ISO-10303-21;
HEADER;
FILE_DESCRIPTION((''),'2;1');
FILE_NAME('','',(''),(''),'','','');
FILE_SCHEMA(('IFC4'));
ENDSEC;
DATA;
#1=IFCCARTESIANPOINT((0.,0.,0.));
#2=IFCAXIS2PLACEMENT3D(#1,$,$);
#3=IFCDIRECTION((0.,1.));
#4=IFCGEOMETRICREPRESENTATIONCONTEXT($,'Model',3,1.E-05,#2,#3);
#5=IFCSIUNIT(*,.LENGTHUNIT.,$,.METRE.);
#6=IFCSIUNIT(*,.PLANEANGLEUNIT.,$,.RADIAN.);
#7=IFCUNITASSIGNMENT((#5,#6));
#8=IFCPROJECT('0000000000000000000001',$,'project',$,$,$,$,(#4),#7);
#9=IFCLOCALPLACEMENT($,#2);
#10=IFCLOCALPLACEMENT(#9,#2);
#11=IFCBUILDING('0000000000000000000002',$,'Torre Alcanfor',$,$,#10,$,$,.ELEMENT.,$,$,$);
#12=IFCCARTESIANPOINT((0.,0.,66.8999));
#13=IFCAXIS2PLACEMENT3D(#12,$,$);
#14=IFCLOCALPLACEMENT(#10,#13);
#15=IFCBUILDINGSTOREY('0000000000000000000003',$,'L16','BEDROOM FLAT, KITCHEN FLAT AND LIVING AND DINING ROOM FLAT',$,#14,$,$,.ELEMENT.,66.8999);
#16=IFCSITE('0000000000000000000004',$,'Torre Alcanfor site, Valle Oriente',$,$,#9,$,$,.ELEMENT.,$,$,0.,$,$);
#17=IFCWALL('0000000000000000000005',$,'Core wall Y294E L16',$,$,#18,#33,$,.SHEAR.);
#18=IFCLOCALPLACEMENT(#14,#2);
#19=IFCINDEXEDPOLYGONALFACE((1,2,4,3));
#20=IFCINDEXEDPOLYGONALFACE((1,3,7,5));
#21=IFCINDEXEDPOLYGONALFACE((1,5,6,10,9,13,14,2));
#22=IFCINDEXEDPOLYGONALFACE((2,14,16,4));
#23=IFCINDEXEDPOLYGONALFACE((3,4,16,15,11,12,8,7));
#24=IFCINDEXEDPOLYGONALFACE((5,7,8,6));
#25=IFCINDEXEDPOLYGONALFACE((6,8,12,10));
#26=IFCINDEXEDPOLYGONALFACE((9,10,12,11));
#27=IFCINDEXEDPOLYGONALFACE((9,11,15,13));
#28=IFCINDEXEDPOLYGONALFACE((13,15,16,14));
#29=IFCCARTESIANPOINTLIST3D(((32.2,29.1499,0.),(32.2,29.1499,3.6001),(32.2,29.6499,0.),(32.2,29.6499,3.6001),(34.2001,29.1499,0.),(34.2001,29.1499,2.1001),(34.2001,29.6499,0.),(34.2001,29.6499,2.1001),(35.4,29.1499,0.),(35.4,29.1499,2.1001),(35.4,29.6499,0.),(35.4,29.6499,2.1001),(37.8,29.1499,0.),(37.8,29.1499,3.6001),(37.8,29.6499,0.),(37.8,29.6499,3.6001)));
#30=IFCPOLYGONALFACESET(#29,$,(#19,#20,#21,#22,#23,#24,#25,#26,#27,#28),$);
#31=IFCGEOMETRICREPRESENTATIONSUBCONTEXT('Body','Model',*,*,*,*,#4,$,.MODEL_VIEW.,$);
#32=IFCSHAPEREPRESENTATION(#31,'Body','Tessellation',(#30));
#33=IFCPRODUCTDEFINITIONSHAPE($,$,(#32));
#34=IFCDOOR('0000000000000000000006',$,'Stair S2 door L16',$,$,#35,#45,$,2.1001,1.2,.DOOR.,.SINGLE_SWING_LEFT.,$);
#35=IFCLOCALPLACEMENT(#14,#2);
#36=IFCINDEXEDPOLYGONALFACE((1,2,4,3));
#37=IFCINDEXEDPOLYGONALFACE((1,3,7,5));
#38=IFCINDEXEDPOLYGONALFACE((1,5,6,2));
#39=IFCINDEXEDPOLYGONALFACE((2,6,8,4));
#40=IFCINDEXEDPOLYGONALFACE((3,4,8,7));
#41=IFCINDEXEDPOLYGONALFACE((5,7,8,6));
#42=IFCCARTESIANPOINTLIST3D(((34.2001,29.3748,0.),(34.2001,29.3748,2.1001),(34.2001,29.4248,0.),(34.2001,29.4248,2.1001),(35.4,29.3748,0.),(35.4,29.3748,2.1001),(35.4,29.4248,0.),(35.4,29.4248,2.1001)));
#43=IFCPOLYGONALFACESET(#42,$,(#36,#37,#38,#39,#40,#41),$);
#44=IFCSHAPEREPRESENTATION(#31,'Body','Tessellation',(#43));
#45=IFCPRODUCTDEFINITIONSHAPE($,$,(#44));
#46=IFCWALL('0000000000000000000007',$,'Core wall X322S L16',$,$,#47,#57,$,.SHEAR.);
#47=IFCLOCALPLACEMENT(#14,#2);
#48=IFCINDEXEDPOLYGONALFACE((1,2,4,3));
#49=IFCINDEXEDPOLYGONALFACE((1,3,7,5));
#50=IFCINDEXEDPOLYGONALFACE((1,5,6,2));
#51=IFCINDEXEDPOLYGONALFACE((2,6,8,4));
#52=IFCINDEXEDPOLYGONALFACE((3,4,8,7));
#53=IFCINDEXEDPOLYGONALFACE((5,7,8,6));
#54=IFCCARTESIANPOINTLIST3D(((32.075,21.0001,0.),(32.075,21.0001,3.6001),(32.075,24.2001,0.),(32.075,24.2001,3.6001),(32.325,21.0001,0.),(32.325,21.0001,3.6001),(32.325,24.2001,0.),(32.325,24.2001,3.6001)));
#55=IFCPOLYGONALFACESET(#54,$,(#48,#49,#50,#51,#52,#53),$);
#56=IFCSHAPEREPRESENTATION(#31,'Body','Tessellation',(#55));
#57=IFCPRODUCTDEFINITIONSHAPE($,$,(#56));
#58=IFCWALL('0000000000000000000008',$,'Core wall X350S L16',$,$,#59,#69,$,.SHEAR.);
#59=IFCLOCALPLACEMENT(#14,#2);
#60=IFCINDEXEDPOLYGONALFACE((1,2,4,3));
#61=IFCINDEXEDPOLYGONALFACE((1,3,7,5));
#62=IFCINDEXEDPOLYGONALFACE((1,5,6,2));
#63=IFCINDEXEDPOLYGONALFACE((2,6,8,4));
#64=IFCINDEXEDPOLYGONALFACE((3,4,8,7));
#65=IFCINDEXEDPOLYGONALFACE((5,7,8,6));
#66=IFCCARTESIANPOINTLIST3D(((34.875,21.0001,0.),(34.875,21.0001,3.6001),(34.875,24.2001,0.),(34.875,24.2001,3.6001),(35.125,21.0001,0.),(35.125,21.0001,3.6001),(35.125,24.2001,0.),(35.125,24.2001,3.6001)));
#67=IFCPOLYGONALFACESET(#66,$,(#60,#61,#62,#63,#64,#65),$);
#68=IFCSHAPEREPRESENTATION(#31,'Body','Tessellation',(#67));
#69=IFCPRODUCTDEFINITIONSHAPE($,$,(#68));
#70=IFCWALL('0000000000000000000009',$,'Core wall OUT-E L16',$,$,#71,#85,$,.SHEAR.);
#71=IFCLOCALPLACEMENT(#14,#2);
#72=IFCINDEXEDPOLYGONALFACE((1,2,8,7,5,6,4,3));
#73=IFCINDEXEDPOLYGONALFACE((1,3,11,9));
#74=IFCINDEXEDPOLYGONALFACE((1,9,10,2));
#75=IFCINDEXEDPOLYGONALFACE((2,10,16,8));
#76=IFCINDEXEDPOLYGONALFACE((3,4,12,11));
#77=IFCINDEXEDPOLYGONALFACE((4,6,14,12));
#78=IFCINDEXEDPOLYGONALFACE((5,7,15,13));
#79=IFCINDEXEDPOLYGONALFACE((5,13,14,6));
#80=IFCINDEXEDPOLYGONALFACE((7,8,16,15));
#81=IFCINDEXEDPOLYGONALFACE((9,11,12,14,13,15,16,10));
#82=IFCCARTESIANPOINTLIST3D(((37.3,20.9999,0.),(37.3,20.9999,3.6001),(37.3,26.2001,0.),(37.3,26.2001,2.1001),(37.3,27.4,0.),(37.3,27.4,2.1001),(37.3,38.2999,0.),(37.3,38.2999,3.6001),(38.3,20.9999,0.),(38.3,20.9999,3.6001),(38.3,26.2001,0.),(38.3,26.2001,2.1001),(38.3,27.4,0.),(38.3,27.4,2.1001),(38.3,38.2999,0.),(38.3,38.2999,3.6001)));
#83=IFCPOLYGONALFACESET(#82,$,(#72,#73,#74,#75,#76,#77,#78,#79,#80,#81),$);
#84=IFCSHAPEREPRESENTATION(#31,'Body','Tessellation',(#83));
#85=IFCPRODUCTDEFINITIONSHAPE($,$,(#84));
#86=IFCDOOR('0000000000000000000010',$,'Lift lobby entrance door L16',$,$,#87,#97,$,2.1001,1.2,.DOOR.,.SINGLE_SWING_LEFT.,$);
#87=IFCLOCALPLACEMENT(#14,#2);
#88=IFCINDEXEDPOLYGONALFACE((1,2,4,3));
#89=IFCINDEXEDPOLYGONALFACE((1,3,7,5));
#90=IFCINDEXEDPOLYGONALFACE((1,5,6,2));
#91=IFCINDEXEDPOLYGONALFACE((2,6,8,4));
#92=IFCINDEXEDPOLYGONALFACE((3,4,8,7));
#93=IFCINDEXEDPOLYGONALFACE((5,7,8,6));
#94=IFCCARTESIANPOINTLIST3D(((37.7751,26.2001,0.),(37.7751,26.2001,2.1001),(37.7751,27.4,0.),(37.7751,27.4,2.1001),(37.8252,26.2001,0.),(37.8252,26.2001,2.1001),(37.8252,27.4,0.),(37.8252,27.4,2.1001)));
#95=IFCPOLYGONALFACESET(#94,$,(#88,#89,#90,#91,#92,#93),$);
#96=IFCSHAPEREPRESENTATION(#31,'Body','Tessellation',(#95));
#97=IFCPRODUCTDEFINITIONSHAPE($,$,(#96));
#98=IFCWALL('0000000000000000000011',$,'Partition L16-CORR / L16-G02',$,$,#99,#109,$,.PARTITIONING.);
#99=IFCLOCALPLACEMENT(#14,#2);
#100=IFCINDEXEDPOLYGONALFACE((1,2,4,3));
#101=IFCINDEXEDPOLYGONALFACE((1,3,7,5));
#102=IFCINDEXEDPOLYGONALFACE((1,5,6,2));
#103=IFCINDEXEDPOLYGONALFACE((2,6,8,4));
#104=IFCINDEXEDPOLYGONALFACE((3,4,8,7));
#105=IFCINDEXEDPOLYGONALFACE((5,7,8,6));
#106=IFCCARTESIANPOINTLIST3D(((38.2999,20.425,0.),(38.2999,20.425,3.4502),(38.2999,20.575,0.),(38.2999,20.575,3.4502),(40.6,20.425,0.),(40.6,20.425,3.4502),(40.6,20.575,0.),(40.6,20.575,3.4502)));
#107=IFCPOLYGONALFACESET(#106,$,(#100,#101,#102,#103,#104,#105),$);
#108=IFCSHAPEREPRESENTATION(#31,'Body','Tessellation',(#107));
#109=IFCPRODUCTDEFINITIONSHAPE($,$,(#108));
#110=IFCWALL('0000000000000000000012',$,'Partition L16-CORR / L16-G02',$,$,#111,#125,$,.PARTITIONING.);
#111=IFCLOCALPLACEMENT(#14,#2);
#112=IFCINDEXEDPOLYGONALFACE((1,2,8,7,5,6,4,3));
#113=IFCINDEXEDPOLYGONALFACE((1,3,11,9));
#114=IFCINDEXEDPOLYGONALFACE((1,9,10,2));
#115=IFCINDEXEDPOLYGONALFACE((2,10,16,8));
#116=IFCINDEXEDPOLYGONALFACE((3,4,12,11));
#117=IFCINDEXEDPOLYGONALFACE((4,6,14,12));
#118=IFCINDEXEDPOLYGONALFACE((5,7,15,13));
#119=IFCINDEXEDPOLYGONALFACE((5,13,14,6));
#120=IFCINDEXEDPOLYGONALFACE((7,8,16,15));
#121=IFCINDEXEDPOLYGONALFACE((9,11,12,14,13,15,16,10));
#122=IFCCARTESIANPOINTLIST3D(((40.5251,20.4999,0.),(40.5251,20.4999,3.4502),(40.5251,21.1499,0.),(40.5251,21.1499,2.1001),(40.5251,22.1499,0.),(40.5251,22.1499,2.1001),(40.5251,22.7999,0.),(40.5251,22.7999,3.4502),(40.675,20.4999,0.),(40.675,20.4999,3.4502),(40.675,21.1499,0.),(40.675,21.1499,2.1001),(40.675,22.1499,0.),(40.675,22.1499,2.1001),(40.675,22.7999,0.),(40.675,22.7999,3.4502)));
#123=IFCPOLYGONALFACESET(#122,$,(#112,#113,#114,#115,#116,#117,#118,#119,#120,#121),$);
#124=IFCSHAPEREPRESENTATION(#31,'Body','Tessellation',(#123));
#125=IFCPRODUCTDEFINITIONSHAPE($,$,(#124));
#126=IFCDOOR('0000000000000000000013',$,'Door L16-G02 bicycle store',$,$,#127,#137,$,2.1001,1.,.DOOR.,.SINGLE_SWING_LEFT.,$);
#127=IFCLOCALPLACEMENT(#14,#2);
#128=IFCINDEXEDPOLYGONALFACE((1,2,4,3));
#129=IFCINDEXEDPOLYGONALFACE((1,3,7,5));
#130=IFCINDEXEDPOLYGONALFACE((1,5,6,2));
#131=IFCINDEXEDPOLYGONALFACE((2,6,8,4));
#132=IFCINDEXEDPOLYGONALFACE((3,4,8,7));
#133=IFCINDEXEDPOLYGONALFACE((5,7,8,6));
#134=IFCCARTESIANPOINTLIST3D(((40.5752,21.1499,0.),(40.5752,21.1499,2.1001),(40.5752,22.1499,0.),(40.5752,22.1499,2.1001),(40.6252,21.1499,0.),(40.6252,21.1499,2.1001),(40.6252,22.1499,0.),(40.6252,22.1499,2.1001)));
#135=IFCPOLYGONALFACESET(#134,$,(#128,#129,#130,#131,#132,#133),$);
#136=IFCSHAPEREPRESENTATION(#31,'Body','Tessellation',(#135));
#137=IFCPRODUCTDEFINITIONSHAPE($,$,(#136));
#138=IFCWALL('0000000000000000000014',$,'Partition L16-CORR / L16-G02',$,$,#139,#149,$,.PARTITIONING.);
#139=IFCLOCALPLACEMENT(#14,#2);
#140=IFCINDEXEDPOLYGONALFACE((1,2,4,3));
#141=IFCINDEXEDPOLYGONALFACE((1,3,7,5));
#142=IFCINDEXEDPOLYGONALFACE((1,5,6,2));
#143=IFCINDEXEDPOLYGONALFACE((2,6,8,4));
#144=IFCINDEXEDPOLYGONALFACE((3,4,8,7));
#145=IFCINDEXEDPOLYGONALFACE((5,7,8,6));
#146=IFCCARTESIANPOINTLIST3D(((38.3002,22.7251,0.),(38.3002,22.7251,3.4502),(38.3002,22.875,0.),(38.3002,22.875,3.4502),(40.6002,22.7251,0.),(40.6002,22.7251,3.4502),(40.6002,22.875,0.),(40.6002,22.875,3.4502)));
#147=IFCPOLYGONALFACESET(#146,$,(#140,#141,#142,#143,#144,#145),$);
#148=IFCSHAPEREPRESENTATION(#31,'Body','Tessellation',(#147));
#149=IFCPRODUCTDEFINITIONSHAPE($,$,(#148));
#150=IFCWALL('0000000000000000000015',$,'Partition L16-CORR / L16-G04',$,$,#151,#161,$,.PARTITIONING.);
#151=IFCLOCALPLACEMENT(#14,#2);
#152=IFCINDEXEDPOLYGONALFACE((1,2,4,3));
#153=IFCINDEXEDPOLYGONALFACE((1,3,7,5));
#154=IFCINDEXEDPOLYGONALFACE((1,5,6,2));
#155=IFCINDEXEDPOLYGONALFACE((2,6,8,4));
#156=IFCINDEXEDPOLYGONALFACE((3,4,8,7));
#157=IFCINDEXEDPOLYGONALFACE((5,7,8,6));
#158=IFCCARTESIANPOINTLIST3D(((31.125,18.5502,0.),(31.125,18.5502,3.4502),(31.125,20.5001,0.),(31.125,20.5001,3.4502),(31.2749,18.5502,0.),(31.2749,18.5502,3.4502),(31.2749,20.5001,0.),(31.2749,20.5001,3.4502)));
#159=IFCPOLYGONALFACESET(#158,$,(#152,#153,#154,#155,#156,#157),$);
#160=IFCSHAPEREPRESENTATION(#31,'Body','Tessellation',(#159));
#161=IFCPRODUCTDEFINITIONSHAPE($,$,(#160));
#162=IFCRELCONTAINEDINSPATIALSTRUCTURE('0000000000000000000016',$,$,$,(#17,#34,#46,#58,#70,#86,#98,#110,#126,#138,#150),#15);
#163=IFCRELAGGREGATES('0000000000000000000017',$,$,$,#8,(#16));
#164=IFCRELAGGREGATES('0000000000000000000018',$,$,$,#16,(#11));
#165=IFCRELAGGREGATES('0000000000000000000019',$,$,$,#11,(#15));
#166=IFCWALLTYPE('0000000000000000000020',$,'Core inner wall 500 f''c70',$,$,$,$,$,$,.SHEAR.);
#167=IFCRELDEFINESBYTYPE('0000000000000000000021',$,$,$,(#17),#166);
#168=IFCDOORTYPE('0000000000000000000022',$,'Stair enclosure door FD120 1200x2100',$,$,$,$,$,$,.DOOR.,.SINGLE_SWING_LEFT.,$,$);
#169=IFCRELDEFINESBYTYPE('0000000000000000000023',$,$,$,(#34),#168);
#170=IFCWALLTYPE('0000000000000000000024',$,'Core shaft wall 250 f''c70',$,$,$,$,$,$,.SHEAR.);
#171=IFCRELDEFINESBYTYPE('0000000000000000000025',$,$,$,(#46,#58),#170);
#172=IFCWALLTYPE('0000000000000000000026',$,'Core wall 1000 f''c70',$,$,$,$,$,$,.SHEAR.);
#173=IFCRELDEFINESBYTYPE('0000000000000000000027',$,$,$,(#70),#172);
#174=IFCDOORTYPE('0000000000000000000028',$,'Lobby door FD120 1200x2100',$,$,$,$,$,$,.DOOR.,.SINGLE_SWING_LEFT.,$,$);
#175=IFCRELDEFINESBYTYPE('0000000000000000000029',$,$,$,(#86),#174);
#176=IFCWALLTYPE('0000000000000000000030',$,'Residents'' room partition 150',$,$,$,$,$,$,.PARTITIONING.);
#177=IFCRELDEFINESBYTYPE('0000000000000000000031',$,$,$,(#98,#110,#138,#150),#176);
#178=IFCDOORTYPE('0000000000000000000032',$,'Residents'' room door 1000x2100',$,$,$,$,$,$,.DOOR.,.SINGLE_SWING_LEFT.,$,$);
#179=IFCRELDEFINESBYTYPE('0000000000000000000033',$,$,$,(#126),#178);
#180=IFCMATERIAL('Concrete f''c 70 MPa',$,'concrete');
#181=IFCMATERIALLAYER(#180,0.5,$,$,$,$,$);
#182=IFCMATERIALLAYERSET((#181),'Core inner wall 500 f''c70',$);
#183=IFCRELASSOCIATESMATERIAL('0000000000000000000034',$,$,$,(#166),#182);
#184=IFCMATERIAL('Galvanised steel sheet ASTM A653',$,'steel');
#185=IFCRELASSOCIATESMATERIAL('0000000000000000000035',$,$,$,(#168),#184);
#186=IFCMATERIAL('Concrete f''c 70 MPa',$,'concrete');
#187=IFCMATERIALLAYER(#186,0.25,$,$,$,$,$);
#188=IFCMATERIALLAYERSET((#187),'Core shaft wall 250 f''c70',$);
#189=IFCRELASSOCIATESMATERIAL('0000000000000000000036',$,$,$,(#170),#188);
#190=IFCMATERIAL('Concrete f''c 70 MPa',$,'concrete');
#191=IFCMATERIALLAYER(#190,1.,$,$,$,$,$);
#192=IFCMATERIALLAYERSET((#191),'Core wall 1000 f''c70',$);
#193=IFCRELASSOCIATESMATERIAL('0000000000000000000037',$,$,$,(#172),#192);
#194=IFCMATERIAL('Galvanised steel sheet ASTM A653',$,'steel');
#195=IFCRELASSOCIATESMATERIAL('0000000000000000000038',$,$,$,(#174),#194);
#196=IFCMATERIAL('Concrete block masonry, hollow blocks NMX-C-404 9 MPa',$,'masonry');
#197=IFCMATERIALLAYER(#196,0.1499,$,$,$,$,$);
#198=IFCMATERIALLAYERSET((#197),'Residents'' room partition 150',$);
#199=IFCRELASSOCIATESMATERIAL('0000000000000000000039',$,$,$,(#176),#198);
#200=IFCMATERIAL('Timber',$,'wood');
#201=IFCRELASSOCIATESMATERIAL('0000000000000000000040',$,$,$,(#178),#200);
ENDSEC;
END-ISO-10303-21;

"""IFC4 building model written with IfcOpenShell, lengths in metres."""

from ifc_helpers import new_model, si_unit, direction, frame, frame_2d, origin, place, context, subcontext, project, spatial, rectangle, extrude, material, layer, layer_set, type_object, element, fill, save


model = new_model("IFC4")

# Units and contexts
model_context = context("Model", 3, precision=1e-05, world=origin(), true_north=direction((0.0, 1.0)))
body_context = subcontext(model_context, "Body", "Model", "MODEL_VIEW")
ifc_project = project(units=[si_unit("LENGTHUNIT", "METRE"), si_unit("PLANEANGLEUNIT", "RADIAN")], contexts=[model_context])

# Site, building, storey
site_placement = place(None, origin())
site = spatial("IfcSite", under=ifc_project, at=site_placement, Name="Torre Alcanfor site, Valle Oriente", CompositionType="ELEMENT", RefElevation=0.0)
building_placement = place(site_placement, origin())
building = spatial("IfcBuilding", under=site, at=building_placement, Name="Torre Alcanfor", CompositionType="ELEMENT")
storey_placement = place(building_placement, frame((0.0, 0.0, 66.8999)))
storey = spatial("IfcBuildingStorey", under=building, at=storey_placement, Name="L16", Description="BEDROOM FLAT, KITCHEN FLAT AND LIVING AND DINING ROOM FLAT", CompositionType="ELEMENT", Elevation=66.8999)

# Shared definitions
ifc_material_1 = material(Name="Concrete f'c 70 MPa", Category="concrete")
ifc_layer_1 = layer(ifc_material_1, 0.5)
ifc_layer_set_1 = layer_set([ifc_layer_1], Name="Core inner wall 500 f'c70")
wall_type_1 = type_object("IfcWallType", Name="Core inner wall 500 f'c70", PredefinedType="SHEAR", material=ifc_layer_set_1)

# Wall, opening, door
wall_1_placement = place(storey_placement, frame((32.2, 29.3999, 0.0), z_axis=(0.0, 0.0, 1.0), x_axis=(1.0, 0.0, 0.0)))
wall_1 = element("IfcWall", 1, at=wall_1_placement, inside=storey, type_object=wall_type_1, Name="Core wall Y294E L16", PredefinedType="SHEAR", context=body_context, shape_type="SweptSolid", body=[
    extrude(rectangle(XDim=5.6001, YDim=0.5, at=frame_2d((2.8, 0.0))), origin(), (0.0, 0.0, 1.0), 3.6001),
])
opening_1_placement = place(wall_1_placement, frame((2.0, 0.0, 0.0)))
opening_1 = element("IfcOpeningElement", 2, at=opening_1_placement, cuts=wall_1, PredefinedType="OPENING", context=body_context, shape_type="SweptSolid", body=[
    extrude(rectangle(XDim=1.2, YDim=2.1001, at=frame_2d((0.6001, 1.05))), frame((0.0, 0.26, 0.0), z_axis=(0.0, -1.0, 0.0), x_axis=(1.0, 0.0, 0.0)), (0.0, 0.0, 1.0), 0.52),
])
ifc_material_2 = material(Name="Galvanised steel sheet ASTM A653", Category="steel")
door_type_1 = type_object("IfcDoorType", Name="Stair enclosure door FD120 1200x2100", OperationType="SINGLE_SWING_LEFT", PredefinedType="DOOR", material=ifc_material_2)
door_1_placement = place(opening_1_placement, origin())
door_1 = element("IfcDoor", 3, at=door_1_placement, inside=storey, type_object=door_type_1, Name="Stair S2 door L16", OperationType="SINGLE_SWING_LEFT", OverallHeight=2.1001, OverallWidth=1.2, PredefinedType="DOOR", context=body_context, shape_type="SweptSolid", body=[
    extrude(rectangle(XDim=1.2, YDim=2.1001, at=frame_2d((0.6001, 1.05))), frame((0.0, 0.0249, 0.0), z_axis=(0.0, -1.0, 0.0), x_axis=(1.0, 0.0, 0.0)), (0.0, 0.0, 1.0), 0.05),
])
fill(opening_1, door_1)

# Walls
ifc_material_3 = material(Name="Concrete f'c 70 MPa", Category="concrete")
ifc_layer_2 = layer(ifc_material_3, 0.25)
ifc_layer_set_2 = layer_set([ifc_layer_2], Name="Core shaft wall 250 f'c70")
wall_type_2 = type_object("IfcWallType", Name="Core shaft wall 250 f'c70", PredefinedType="SHEAR", material=ifc_layer_set_2)
for number, where, z_axis, x_axis, name in (
    (4, (32.2, 21.0, 0.0), (0.0, 0.0, 1.0), (0.0, 1.0, 0.0), "Core wall X322S L16"),
    (5, (35.0, 21.0, 0.0), (0.0, 0.0, 1.0), (0.0, 1.0, 0.0), "Core wall X350S L16"),
):
    element("IfcWall", number, at=place(storey_placement, frame(where, z_axis=z_axis, x_axis=x_axis)), inside=storey, type_object=wall_type_2, Name=name, PredefinedType="SHEAR", context=body_context, shape_type="SweptSolid", body=[
        extrude(rectangle(XDim=3.2, YDim=0.25, at=frame_2d((1.6001, 0.0))), origin(), (0.0, 0.0, 1.0), 3.6001),
    ])

# Wall, opening, door
ifc_material_4 = material(Name="Concrete f'c 70 MPa", Category="concrete")
ifc_layer_3 = layer(ifc_material_4, 1.0)
ifc_layer_set_3 = layer_set([ifc_layer_3], Name="Core wall 1000 f'c70")
wall_type_3 = type_object("IfcWallType", Name="Core wall 1000 f'c70", PredefinedType="SHEAR", material=ifc_layer_set_3)
wall_2_placement = place(storey_placement, frame((37.8, 21.0, 0.0), z_axis=(0.0, 0.0, 1.0), x_axis=(0.0, 1.0, 0.0)))
wall_2 = element("IfcWall", 6, at=wall_2_placement, inside=storey, type_object=wall_type_3, Name="Core wall OUT-E L16", PredefinedType="SHEAR", context=body_context, shape_type="SweptSolid", body=[
    extrude(rectangle(XDim=17.3, YDim=1.0, at=frame_2d((8.6499, 0.0))), origin(), (0.0, 0.0, 1.0), 3.6001),
])
opening_2_placement = place(wall_2_placement, frame((5.2, 0.0, 0.0)))
opening_2 = element("IfcOpeningElement", 7, at=opening_2_placement, cuts=wall_2, PredefinedType="OPENING", context=body_context, shape_type="SweptSolid", body=[
    extrude(rectangle(XDim=1.2, YDim=2.1001, at=frame_2d((0.6001, 1.05))), frame((0.0, 0.51, 0.0), z_axis=(0.0, -1.0, 0.0), x_axis=(1.0, 0.0, 0.0)), (0.0, 0.0, 1.0), 1.02),
])
ifc_material_5 = material(Name="Galvanised steel sheet ASTM A653", Category="steel")
door_type_2 = type_object("IfcDoorType", Name="Lobby door FD120 1200x2100", OperationType="SINGLE_SWING_LEFT", PredefinedType="DOOR", material=ifc_material_5)
door_2_placement = place(opening_2_placement, origin())
door_2 = element("IfcDoor", 8, at=door_2_placement, inside=storey, type_object=door_type_2, Name="Lift lobby entrance door L16", OperationType="SINGLE_SWING_LEFT", OverallHeight=2.1001, OverallWidth=1.2, PredefinedType="DOOR", context=body_context, shape_type="SweptSolid", body=[
    extrude(rectangle(XDim=1.2, YDim=2.1001, at=frame_2d((0.6001, 1.05))), frame((0.0, 0.0249, 0.0), z_axis=(0.0, -1.0, 0.0), x_axis=(1.0, 0.0, 0.0)), (0.0, 0.0, 1.0), 0.05),
])
fill(opening_2, door_2)

# Wall
ifc_material_6 = material(Name="Concrete block masonry, hollow blocks NMX-C-404 9 MPa", Category="masonry")
ifc_layer_4 = layer(ifc_material_6, 0.1499)
ifc_layer_set_4 = layer_set([ifc_layer_4], Name="Residents' room partition 150")
wall_type_4 = type_object("IfcWallType", Name="Residents' room partition 150", PredefinedType="PARTITIONING", material=ifc_layer_set_4)
wall_3_placement = place(storey_placement, frame((38.3, 20.5, 0.0), z_axis=(0.0, 0.0, 1.0), x_axis=(1.0, 0.0, 0.0)))
element("IfcWall", 9, at=wall_3_placement, inside=storey, type_object=wall_type_4, Name="Partition L16-CORR / L16-G02", PredefinedType="PARTITIONING", context=body_context, shape_type="SweptSolid", body=[
    extrude(rectangle(XDim=2.3, YDim=0.1499, at=frame_2d((1.1499, 0.0))), origin(), (0.0, 0.0, 1.0), 3.4502),
])

# Wall, opening, door
wall_4_placement = place(storey_placement, frame((40.6001, 20.5, 0.0), z_axis=(0.0, 0.0, 1.0), x_axis=(0.0, 1.0, 0.0)))
wall_4 = element("IfcWall", 10, at=wall_4_placement, inside=storey, type_object=wall_type_4, Name="Partition L16-CORR / L16-G02", PredefinedType="PARTITIONING", context=body_context, shape_type="SweptSolid", body=[
    extrude(rectangle(XDim=2.3, YDim=0.1499, at=frame_2d((1.1499, 0.0))), origin(), (0.0, 0.0, 1.0), 3.4502),
])
opening_3_placement = place(wall_4_placement, frame((0.6499, 0.0, 0.0)))
opening_3 = element("IfcOpeningElement", 11, at=opening_3_placement, cuts=wall_4, PredefinedType="OPENING", context=body_context, shape_type="SweptSolid", body=[
    extrude(rectangle(XDim=1.0, YDim=2.1001, at=frame_2d((0.5, 1.05))), frame((0.0, 0.085, 0.0), z_axis=(0.0, -1.0, 0.0), x_axis=(1.0, 0.0, 0.0)), (0.0, 0.0, 1.0), 0.1699),
])
ifc_material_7 = material(Name="Timber", Category="wood")
door_type_3 = type_object("IfcDoorType", Name="Residents' room door 1000x2100", OperationType="SINGLE_SWING_LEFT", PredefinedType="DOOR", material=ifc_material_7)
door_3_placement = place(opening_3_placement, origin())
door_3 = element("IfcDoor", 12, at=door_3_placement, inside=storey, type_object=door_type_3, Name="Door L16-G02 bicycle store", OperationType="SINGLE_SWING_LEFT", OverallHeight=2.1001, OverallWidth=1.0, PredefinedType="DOOR", context=body_context, shape_type="SweptSolid", body=[
    extrude(rectangle(XDim=1.0, YDim=2.1001, at=frame_2d((0.5, 1.05))), frame((0.0, 0.0249, 0.0), z_axis=(0.0, -1.0, 0.0), x_axis=(1.0, 0.0, 0.0)), (0.0, 0.0, 1.0), 0.05),
])
fill(opening_3, door_3)

# Walls
wall_5_placement = place(storey_placement, frame((40.6001, 22.8, 0.0), z_axis=(0.0, 0.0, 1.0), x_axis=(-1.0, 0.0, 0.0)))
element("IfcWall", 13, at=wall_5_placement, inside=storey, type_object=wall_type_4, Name="Partition L16-CORR / L16-G02", PredefinedType="PARTITIONING", context=body_context, shape_type="SweptSolid", body=[
    extrude(rectangle(XDim=2.3, YDim=0.1499, at=frame_2d((1.1499, 0.0))), origin(), (0.0, 0.0, 1.0), 3.4502),
])
wall_6_placement = place(storey_placement, frame((31.2, 18.55, 0.0), z_axis=(0.0, 0.0, 1.0), x_axis=(0.0, 1.0, 0.0)))
element("IfcWall", 14, at=wall_6_placement, inside=storey, type_object=wall_type_4, Name="Partition L16-CORR / L16-G04", PredefinedType="PARTITIONING", context=body_context, shape_type="SweptSolid", body=[
    extrude(rectangle(XDim=1.95, YDim=0.1499, at=frame_2d((0.9751, 0.0))), origin(), (0.0, 0.0, 1.0), 3.4502),
])

save(model, "model.ifc")
